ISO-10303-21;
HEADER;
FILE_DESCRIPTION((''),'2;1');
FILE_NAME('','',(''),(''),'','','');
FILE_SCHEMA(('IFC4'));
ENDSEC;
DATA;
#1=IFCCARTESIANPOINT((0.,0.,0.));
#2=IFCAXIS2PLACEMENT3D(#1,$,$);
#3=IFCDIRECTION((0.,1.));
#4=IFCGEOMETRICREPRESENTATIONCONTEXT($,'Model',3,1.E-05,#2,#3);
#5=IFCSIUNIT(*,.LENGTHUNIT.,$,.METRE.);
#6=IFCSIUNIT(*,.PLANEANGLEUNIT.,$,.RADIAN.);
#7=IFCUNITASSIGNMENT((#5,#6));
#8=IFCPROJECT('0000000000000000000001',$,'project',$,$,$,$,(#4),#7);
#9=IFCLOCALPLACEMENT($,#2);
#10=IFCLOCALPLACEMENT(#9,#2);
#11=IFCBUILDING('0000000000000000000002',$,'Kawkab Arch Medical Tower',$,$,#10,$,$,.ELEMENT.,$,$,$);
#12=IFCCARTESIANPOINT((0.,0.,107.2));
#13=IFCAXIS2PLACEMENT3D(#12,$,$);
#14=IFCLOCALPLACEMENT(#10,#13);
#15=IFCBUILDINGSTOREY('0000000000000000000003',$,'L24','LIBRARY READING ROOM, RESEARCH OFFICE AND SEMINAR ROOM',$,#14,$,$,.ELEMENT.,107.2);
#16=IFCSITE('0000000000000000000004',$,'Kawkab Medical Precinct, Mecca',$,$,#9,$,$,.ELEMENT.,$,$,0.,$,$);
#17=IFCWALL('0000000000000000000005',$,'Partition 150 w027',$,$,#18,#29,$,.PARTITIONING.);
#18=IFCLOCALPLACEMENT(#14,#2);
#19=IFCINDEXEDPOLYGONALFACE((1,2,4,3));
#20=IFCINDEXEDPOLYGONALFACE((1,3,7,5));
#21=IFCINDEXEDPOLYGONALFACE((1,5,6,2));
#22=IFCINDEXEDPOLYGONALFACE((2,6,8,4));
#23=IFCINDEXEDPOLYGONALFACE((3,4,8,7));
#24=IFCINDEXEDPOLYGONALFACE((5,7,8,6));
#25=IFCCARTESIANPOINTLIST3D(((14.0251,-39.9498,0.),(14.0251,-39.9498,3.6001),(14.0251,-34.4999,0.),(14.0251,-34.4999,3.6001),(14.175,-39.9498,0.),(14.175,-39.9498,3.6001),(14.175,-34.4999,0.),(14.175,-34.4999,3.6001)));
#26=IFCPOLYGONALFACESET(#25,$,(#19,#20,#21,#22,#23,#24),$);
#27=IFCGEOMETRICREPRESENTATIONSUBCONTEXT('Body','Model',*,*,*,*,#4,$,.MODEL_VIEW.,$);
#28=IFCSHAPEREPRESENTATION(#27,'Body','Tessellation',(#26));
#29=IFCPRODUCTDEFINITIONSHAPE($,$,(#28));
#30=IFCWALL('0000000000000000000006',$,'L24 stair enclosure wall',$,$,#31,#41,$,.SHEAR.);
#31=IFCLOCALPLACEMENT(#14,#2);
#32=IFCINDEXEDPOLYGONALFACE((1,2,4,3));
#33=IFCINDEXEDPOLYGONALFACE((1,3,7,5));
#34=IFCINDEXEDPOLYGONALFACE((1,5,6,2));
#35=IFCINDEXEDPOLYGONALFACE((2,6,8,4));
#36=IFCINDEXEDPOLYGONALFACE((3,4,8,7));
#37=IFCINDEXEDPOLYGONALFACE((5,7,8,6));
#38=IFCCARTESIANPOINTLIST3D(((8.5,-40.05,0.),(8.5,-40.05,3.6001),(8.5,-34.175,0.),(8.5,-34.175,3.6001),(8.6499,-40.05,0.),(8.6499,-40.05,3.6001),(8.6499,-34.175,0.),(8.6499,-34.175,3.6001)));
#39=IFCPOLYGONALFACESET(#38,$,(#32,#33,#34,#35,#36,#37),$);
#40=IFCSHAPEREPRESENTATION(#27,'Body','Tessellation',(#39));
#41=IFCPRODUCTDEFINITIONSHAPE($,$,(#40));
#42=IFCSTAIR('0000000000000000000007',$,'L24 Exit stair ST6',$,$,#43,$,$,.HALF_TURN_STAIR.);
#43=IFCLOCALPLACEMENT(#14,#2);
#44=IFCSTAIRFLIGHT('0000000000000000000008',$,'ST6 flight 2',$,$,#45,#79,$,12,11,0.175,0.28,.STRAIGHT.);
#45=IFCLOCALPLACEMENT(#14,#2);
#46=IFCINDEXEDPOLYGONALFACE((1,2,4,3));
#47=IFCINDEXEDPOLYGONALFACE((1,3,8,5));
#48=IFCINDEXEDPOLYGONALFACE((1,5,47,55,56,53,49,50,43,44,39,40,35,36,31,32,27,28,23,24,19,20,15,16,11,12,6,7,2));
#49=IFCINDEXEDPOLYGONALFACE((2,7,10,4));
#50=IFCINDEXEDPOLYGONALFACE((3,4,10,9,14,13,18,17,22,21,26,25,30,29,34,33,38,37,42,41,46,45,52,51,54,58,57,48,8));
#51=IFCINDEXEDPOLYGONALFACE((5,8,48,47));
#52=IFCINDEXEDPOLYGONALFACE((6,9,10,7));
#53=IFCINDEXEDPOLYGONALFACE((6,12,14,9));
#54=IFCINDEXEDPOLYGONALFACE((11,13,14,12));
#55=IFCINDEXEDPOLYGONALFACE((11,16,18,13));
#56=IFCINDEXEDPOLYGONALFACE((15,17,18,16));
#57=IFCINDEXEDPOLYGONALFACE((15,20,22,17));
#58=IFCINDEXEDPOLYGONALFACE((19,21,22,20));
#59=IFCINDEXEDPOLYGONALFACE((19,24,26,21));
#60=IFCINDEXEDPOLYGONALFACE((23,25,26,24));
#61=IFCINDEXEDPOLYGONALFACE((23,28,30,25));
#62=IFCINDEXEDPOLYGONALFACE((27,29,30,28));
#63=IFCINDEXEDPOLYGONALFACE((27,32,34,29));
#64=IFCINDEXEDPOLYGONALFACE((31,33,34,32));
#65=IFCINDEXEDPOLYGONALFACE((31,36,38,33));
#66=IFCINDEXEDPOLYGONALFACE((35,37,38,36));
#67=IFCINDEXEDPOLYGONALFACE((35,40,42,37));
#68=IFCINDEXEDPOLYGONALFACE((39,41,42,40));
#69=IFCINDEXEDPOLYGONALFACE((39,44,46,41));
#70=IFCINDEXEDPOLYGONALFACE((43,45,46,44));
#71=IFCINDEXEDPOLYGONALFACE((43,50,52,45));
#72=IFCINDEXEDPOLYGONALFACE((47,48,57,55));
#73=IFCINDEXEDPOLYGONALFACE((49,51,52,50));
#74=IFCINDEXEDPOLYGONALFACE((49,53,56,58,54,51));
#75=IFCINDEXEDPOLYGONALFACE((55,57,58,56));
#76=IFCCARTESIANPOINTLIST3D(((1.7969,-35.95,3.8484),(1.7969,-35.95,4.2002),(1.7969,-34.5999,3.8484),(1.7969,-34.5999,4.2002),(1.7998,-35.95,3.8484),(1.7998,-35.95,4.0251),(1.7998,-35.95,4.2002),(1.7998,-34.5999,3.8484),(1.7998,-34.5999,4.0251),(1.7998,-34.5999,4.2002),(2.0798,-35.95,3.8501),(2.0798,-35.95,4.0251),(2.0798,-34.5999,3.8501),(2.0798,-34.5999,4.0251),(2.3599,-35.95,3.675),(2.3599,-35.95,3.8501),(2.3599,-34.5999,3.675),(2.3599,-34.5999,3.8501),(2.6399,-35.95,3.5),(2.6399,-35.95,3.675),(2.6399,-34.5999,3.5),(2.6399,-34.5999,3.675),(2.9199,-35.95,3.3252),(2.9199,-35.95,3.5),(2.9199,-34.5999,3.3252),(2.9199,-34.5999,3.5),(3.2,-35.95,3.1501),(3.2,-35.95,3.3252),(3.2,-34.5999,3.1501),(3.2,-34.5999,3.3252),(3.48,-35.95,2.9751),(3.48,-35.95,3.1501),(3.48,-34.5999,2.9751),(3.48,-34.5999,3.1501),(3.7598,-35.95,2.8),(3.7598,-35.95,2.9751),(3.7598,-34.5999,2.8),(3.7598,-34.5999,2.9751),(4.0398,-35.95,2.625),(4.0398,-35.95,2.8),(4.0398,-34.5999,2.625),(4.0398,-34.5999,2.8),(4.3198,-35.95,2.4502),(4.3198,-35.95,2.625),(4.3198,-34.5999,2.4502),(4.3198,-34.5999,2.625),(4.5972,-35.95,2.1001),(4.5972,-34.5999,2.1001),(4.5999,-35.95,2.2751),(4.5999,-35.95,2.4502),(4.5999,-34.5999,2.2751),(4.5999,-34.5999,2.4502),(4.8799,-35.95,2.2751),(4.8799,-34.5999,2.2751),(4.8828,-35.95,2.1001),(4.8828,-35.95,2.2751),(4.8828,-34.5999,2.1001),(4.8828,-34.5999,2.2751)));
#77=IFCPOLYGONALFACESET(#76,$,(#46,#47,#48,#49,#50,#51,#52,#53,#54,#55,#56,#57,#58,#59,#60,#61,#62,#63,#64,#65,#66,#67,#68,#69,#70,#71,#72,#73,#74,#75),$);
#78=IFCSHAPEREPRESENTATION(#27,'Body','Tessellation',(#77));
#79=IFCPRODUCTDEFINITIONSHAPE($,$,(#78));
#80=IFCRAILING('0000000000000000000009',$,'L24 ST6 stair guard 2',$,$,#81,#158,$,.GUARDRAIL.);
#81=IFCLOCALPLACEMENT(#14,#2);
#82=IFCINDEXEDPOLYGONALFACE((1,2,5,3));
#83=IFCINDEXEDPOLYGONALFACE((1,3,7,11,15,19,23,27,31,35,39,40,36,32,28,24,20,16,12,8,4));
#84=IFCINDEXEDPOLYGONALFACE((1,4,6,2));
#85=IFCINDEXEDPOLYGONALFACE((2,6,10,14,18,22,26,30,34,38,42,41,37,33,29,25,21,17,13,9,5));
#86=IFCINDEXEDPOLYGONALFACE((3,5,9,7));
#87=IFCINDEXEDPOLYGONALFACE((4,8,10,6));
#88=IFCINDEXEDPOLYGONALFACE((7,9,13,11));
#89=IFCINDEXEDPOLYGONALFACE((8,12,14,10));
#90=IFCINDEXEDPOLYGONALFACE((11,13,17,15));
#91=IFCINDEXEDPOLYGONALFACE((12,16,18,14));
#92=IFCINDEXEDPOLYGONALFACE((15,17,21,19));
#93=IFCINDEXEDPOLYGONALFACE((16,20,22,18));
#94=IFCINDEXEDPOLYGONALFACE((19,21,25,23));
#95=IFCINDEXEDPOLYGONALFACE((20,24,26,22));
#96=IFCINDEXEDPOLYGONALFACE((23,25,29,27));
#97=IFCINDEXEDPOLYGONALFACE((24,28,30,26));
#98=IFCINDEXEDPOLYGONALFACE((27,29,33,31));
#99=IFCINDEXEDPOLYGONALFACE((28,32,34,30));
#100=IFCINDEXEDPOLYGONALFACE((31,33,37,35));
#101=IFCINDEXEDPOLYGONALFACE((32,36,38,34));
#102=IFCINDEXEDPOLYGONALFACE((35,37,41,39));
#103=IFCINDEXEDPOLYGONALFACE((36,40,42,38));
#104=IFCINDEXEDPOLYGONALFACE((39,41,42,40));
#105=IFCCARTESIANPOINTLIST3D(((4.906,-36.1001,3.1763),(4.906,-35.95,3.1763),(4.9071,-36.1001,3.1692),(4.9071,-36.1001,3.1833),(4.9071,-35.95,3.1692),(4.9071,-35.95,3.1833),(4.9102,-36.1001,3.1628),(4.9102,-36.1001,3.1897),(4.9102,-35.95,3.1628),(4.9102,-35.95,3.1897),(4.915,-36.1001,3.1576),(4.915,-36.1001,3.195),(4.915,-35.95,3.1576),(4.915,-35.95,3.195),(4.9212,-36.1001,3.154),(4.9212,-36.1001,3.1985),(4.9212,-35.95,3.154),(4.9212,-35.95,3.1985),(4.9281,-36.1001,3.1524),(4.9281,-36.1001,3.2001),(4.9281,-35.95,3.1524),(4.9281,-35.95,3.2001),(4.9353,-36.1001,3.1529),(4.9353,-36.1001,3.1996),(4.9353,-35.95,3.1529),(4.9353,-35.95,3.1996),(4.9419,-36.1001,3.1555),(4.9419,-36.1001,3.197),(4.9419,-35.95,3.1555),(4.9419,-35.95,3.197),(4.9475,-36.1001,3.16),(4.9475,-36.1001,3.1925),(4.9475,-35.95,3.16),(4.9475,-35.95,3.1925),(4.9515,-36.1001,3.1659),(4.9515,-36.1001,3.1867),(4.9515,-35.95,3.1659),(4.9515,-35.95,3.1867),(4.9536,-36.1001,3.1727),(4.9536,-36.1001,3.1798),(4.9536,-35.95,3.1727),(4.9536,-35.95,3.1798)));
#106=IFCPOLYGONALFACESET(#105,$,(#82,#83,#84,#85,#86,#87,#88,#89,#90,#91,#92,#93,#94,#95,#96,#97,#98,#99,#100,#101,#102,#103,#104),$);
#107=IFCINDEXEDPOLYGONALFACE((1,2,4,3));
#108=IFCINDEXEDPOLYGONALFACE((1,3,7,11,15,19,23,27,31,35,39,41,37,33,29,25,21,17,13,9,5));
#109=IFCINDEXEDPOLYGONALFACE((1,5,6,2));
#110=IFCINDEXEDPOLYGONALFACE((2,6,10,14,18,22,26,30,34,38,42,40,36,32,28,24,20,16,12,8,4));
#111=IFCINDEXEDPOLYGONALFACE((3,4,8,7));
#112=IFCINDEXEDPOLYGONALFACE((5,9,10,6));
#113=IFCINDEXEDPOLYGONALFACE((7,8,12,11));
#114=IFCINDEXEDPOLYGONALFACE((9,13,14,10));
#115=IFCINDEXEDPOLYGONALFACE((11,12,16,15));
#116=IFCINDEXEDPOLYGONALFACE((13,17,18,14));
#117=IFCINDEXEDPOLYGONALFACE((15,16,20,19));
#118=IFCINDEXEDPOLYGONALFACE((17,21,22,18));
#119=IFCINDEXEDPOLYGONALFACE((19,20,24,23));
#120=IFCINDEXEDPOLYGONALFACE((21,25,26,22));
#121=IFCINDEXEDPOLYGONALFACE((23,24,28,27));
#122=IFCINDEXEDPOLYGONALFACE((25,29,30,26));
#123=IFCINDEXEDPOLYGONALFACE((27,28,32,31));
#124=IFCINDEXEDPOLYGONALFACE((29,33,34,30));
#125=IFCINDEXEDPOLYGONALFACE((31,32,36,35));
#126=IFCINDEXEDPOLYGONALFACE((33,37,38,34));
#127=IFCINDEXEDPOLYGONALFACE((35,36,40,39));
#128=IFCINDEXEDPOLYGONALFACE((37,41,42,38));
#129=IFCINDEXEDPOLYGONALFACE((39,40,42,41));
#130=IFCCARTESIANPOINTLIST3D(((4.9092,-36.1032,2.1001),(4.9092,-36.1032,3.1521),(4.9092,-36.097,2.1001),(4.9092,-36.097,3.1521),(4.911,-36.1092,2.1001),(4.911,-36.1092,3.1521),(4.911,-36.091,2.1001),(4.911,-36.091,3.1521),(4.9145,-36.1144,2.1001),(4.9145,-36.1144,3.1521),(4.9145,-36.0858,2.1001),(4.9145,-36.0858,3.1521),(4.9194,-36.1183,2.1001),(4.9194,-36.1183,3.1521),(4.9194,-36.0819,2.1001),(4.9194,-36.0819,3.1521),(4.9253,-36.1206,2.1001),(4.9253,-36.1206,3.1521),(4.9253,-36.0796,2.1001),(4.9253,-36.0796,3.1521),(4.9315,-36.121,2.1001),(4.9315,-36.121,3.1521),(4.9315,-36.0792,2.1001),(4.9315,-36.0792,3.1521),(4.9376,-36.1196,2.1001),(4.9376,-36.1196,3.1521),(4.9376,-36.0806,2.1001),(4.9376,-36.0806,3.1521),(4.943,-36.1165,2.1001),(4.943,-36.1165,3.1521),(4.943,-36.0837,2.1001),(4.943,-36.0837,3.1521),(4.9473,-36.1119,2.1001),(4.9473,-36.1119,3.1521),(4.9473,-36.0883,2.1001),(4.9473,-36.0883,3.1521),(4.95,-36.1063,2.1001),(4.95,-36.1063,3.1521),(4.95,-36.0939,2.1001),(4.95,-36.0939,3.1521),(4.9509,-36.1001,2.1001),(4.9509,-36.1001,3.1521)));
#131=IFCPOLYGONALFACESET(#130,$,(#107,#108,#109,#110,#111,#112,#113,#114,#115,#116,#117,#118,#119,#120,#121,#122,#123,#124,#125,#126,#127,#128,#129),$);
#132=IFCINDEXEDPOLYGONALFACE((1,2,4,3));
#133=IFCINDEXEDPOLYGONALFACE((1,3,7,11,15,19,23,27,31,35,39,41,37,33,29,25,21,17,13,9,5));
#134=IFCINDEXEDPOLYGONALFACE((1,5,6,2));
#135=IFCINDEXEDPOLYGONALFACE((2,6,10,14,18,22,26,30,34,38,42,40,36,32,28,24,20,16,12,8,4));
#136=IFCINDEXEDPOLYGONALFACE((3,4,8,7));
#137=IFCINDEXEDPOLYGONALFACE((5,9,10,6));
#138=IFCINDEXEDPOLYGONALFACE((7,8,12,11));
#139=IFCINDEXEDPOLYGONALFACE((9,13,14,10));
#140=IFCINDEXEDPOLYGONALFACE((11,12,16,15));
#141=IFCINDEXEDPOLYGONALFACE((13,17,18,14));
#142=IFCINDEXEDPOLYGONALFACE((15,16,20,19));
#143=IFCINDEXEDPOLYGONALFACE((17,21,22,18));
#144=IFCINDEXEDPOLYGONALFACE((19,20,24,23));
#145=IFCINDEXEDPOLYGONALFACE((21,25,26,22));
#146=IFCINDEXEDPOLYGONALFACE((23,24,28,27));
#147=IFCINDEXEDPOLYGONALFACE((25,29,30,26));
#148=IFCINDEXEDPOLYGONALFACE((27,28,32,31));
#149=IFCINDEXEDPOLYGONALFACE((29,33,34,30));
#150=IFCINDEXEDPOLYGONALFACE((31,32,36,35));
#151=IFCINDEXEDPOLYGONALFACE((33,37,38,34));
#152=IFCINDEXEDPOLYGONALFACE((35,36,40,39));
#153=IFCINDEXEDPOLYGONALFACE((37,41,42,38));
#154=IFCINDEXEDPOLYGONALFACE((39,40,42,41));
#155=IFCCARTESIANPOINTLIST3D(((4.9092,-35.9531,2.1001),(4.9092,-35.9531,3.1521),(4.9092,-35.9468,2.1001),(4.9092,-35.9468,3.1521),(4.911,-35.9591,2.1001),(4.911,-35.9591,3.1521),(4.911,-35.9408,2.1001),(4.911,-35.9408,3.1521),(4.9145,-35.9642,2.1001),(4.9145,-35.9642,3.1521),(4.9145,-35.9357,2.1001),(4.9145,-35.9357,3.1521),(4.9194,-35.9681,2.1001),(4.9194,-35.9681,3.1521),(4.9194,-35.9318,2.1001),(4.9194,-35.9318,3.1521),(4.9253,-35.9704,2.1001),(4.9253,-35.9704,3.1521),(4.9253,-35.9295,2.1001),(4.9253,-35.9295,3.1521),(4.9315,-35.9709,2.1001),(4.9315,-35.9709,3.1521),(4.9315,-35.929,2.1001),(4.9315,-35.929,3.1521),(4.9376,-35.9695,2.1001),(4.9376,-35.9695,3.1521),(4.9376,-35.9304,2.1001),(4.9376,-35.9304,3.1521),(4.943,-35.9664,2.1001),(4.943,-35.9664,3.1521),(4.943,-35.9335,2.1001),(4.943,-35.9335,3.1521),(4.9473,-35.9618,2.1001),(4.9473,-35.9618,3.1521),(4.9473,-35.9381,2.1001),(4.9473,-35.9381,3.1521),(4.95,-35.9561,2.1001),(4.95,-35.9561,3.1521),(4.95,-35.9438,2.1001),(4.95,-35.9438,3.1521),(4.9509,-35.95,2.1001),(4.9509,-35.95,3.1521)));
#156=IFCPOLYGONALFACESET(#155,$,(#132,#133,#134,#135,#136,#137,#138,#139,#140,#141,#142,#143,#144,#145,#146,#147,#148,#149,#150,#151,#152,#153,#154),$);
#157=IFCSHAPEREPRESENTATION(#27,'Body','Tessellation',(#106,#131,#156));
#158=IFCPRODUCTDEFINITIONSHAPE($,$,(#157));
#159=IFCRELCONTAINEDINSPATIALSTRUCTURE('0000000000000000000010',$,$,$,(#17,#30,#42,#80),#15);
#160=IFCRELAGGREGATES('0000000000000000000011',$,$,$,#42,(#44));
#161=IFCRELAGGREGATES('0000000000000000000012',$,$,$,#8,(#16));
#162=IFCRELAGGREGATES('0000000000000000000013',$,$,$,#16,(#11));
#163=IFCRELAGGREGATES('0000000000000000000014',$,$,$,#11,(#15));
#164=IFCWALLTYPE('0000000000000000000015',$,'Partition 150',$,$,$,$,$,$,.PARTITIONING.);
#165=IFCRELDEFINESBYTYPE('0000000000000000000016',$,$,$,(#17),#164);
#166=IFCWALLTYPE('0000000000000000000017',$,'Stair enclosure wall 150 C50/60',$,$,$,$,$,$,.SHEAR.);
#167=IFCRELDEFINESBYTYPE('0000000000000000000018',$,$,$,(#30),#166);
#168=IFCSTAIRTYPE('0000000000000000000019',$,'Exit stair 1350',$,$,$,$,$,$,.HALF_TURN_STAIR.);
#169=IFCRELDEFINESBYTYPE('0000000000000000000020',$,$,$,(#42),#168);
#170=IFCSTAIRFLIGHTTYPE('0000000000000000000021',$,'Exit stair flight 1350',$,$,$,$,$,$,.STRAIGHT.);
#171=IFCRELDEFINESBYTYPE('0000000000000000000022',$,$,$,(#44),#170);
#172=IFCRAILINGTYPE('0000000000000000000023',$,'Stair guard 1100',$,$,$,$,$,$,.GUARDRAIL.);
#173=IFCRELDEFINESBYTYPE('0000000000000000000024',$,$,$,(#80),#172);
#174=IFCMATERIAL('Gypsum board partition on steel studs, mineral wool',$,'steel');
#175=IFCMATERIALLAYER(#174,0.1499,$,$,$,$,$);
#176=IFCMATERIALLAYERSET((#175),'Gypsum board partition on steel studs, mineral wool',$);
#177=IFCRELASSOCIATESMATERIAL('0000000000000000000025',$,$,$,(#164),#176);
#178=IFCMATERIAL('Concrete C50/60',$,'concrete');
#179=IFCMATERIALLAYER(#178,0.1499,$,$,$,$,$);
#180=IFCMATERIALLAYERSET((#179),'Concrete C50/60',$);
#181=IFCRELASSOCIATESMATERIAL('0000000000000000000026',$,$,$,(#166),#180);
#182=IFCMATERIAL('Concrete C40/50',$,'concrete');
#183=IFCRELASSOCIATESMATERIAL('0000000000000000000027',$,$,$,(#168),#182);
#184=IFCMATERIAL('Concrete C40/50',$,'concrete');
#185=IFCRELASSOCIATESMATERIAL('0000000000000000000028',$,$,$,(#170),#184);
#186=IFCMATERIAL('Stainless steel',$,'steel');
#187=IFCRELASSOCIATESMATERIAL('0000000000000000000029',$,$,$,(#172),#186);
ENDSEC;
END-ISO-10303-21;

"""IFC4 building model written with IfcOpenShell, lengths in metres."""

from ifc_helpers import new_model, si_unit, direction, frame, frame_2d, origin, origin_2d, place, context, subcontext, project, spatial, polyline, rectangle, circle, outline, extrude, material, layer, layer_set, type_object, element, aggregate, save


model = new_model("IFC4")

# Units and contexts
model_context = context("Model", 3, precision=1e-05, world=origin(), true_north=direction((0.0, 1.0)))
body_context = subcontext(model_context, "Body", "Model", "MODEL_VIEW")
ifc_project = project(units=[si_unit("LENGTHUNIT", "METRE"), si_unit("PLANEANGLEUNIT", "RADIAN")], contexts=[model_context])

# Site, building, storey
site_placement = place(None, origin())
site = spatial("IfcSite", under=ifc_project, at=site_placement, Name="Kawkab Medical Precinct, Mecca", CompositionType="ELEMENT", RefElevation=0.0)
building_placement = place(site_placement, origin())
building = spatial("IfcBuilding", under=site, at=building_placement, Name="Kawkab Arch Medical Tower", CompositionType="ELEMENT")
storey_placement = place(building_placement, frame((0.0, 0.0, 107.2)))
storey = spatial("IfcBuildingStorey", under=building, at=storey_placement, Name="L24", Description="LIBRARY READING ROOM, RESEARCH OFFICE AND SEMINAR ROOM", CompositionType="ELEMENT", Elevation=107.2)

# Shared definitions
placement = place(storey_placement, origin())

# Shared definitions
ifc_material_1 = material(Name="Gypsum board partition on steel studs, mineral wool", Category="steel")
ifc_layer_1 = layer(ifc_material_1, 0.1499)
ifc_layer_set_1 = layer_set([ifc_layer_1], Name="Gypsum board partition on steel studs, mineral wool")
wall_type_1 = type_object("IfcWallType", Name="Partition 150", PredefinedType="PARTITIONING", material=ifc_layer_set_1)

# Walls
wall_1_placement = place(storey_placement, frame((14.1001, -39.95, 0.0), z_axis=(0.0, 0.0, 1.0), x_axis=(0.0, 1.0, 0.0)))
element("IfcWall", 1, at=wall_1_placement, inside=storey, type_object=wall_type_1, Name="Partition 150 w027", PredefinedType="PARTITIONING", context=body_context, shape_type="SweptSolid", body=[
    extrude(rectangle(XDim=5.45, YDim=0.1499, at=frame_2d((2.7251, 0.0))), origin(), (0.0, 0.0, 1.0), 3.6001),
])
ifc_material_2 = material(Name="Concrete C50/60", Category="concrete")
ifc_layer_2 = layer(ifc_material_2, 0.1499)
ifc_layer_set_2 = layer_set([ifc_layer_2], Name="Concrete C50/60")
wall_type_2 = type_object("IfcWallType", Name="Stair enclosure wall 150 C50/60", PredefinedType="SHEAR", material=ifc_layer_set_2)
wall_2_placement = place(storey_placement, frame((8.575, -40.05, 0.0), z_axis=(0.0, 0.0, 1.0), x_axis=(0.0, 1.0, 0.0)))
element("IfcWall", 2, at=wall_2_placement, inside=storey, type_object=wall_type_2, Name="L24 stair enclosure wall", PredefinedType="SHEAR", context=body_context, shape_type="SweptSolid", body=[
    extrude(rectangle(XDim=5.875, YDim=0.1499, at=frame_2d((2.9375, 0.0))), origin(), (0.0, 0.0, 1.0), 3.6001),
])

# Stair, stair flight
ifc_material_3 = material(Name="Concrete C40/50", Category="concrete")
stair_type = type_object("IfcStairType", Name="Exit stair 1350", PredefinedType="HALF_TURN_STAIR", material=ifc_material_3)
stair = element("IfcStair", 3, at=placement, inside=storey, type_object=stair_type, Name="L24 Exit stair ST6", PredefinedType="HALF_TURN_STAIR")
ifc_material_4 = material(Name="Concrete C40/50", Category="concrete")
stair_flight_type = type_object("IfcStairFlightType", Name="Exit stair flight 1350", PredefinedType="STRAIGHT", material=ifc_material_4)
stair_flight_placement = place(storey_placement, frame((4.8799, -35.2749, 2.1001), z_axis=(0.0, 0.0, 1.0), x_axis=(-1.0, 0.0, 0.0)))
stair_flight = element("IfcStairFlight", 4, at=stair_flight_placement, type_object=stair_flight_type, Name="ST6 flight 2", NumberOfRisers=12, NumberOfTreads=11, PredefinedType="STRAIGHT", RiserHeight=0.175, TreadLength=0.28, context=body_context, shape_type="SweptSolid", body=[
    extrude(outline(polyline([(-0.0029, 0.0), (-0.0029, 0.175), (0.0, 0.175), (0.28, 0.175), (0.28, 0.3501), (0.5601, 0.3501), (0.5601, 0.5249), (0.8401, 0.5249), (0.8401, 0.7), (1.1201, 0.7), (1.1201, 0.875), (1.3999, 0.875), (1.3999, 1.05), (1.6799, 1.05), (1.6799, 1.2251), (1.96, 1.2251), (1.96, 1.3999), (2.24, 1.3999), (2.24, 1.575), (2.52, 1.575), (2.52, 1.75), (2.8, 1.75), (2.8, 1.925), (3.0801, 1.925), (3.0801, 2.1001), (3.083, 2.1001), (3.083, 1.7483), (3.0801, 1.7483), (0.2827, 0.0), (-0.0029, 0.0)])), frame((0.0, 0.675, 0.0), z_axis=(0.0, -1.0, 0.0), x_axis=(1.0, 0.0, 0.0)), (0.0, 0.0, 1.0), 1.3501),
])
aggregate(stair, [stair_flight])

# Railing
ifc_material_5 = material(Name="Stainless steel", Category="steel")
railing_type = type_object("IfcRailingType", Name="Stair guard 1100", PredefinedType="GUARDRAIL", material=ifc_material_5)
railing_1_placement = place(storey_placement, frame((4.9299, -36.1001, 2.1001)))
element("IfcRailing", 5, at=railing_1_placement, inside=storey, type_object=railing_type, Name="L24 ST6 stair guard 2", PredefinedType="GUARDRAIL", context=body_context, shape_type="SweptSolid", body=[
    extrude(circle(Radius=0.0239, at=origin_2d()), frame((0.0, 0.0, 1.0762), z_axis=(0.0, 1.0, 0.0), x_axis=(-1.0, 0.0, 0.0)), (0.0, 0.0, 1.0), 0.1501),
    extrude(circle(Radius=0.021, at=origin_2d()), origin(), (0.0, 0.0, 1.0), 1.052),
    extrude(circle(Radius=0.021, at=origin_2d()), frame((0.0, 0.1501, 0.0)), (0.0, 0.0, 1.0), 1.052),
])

save(model, "model.ifc")
